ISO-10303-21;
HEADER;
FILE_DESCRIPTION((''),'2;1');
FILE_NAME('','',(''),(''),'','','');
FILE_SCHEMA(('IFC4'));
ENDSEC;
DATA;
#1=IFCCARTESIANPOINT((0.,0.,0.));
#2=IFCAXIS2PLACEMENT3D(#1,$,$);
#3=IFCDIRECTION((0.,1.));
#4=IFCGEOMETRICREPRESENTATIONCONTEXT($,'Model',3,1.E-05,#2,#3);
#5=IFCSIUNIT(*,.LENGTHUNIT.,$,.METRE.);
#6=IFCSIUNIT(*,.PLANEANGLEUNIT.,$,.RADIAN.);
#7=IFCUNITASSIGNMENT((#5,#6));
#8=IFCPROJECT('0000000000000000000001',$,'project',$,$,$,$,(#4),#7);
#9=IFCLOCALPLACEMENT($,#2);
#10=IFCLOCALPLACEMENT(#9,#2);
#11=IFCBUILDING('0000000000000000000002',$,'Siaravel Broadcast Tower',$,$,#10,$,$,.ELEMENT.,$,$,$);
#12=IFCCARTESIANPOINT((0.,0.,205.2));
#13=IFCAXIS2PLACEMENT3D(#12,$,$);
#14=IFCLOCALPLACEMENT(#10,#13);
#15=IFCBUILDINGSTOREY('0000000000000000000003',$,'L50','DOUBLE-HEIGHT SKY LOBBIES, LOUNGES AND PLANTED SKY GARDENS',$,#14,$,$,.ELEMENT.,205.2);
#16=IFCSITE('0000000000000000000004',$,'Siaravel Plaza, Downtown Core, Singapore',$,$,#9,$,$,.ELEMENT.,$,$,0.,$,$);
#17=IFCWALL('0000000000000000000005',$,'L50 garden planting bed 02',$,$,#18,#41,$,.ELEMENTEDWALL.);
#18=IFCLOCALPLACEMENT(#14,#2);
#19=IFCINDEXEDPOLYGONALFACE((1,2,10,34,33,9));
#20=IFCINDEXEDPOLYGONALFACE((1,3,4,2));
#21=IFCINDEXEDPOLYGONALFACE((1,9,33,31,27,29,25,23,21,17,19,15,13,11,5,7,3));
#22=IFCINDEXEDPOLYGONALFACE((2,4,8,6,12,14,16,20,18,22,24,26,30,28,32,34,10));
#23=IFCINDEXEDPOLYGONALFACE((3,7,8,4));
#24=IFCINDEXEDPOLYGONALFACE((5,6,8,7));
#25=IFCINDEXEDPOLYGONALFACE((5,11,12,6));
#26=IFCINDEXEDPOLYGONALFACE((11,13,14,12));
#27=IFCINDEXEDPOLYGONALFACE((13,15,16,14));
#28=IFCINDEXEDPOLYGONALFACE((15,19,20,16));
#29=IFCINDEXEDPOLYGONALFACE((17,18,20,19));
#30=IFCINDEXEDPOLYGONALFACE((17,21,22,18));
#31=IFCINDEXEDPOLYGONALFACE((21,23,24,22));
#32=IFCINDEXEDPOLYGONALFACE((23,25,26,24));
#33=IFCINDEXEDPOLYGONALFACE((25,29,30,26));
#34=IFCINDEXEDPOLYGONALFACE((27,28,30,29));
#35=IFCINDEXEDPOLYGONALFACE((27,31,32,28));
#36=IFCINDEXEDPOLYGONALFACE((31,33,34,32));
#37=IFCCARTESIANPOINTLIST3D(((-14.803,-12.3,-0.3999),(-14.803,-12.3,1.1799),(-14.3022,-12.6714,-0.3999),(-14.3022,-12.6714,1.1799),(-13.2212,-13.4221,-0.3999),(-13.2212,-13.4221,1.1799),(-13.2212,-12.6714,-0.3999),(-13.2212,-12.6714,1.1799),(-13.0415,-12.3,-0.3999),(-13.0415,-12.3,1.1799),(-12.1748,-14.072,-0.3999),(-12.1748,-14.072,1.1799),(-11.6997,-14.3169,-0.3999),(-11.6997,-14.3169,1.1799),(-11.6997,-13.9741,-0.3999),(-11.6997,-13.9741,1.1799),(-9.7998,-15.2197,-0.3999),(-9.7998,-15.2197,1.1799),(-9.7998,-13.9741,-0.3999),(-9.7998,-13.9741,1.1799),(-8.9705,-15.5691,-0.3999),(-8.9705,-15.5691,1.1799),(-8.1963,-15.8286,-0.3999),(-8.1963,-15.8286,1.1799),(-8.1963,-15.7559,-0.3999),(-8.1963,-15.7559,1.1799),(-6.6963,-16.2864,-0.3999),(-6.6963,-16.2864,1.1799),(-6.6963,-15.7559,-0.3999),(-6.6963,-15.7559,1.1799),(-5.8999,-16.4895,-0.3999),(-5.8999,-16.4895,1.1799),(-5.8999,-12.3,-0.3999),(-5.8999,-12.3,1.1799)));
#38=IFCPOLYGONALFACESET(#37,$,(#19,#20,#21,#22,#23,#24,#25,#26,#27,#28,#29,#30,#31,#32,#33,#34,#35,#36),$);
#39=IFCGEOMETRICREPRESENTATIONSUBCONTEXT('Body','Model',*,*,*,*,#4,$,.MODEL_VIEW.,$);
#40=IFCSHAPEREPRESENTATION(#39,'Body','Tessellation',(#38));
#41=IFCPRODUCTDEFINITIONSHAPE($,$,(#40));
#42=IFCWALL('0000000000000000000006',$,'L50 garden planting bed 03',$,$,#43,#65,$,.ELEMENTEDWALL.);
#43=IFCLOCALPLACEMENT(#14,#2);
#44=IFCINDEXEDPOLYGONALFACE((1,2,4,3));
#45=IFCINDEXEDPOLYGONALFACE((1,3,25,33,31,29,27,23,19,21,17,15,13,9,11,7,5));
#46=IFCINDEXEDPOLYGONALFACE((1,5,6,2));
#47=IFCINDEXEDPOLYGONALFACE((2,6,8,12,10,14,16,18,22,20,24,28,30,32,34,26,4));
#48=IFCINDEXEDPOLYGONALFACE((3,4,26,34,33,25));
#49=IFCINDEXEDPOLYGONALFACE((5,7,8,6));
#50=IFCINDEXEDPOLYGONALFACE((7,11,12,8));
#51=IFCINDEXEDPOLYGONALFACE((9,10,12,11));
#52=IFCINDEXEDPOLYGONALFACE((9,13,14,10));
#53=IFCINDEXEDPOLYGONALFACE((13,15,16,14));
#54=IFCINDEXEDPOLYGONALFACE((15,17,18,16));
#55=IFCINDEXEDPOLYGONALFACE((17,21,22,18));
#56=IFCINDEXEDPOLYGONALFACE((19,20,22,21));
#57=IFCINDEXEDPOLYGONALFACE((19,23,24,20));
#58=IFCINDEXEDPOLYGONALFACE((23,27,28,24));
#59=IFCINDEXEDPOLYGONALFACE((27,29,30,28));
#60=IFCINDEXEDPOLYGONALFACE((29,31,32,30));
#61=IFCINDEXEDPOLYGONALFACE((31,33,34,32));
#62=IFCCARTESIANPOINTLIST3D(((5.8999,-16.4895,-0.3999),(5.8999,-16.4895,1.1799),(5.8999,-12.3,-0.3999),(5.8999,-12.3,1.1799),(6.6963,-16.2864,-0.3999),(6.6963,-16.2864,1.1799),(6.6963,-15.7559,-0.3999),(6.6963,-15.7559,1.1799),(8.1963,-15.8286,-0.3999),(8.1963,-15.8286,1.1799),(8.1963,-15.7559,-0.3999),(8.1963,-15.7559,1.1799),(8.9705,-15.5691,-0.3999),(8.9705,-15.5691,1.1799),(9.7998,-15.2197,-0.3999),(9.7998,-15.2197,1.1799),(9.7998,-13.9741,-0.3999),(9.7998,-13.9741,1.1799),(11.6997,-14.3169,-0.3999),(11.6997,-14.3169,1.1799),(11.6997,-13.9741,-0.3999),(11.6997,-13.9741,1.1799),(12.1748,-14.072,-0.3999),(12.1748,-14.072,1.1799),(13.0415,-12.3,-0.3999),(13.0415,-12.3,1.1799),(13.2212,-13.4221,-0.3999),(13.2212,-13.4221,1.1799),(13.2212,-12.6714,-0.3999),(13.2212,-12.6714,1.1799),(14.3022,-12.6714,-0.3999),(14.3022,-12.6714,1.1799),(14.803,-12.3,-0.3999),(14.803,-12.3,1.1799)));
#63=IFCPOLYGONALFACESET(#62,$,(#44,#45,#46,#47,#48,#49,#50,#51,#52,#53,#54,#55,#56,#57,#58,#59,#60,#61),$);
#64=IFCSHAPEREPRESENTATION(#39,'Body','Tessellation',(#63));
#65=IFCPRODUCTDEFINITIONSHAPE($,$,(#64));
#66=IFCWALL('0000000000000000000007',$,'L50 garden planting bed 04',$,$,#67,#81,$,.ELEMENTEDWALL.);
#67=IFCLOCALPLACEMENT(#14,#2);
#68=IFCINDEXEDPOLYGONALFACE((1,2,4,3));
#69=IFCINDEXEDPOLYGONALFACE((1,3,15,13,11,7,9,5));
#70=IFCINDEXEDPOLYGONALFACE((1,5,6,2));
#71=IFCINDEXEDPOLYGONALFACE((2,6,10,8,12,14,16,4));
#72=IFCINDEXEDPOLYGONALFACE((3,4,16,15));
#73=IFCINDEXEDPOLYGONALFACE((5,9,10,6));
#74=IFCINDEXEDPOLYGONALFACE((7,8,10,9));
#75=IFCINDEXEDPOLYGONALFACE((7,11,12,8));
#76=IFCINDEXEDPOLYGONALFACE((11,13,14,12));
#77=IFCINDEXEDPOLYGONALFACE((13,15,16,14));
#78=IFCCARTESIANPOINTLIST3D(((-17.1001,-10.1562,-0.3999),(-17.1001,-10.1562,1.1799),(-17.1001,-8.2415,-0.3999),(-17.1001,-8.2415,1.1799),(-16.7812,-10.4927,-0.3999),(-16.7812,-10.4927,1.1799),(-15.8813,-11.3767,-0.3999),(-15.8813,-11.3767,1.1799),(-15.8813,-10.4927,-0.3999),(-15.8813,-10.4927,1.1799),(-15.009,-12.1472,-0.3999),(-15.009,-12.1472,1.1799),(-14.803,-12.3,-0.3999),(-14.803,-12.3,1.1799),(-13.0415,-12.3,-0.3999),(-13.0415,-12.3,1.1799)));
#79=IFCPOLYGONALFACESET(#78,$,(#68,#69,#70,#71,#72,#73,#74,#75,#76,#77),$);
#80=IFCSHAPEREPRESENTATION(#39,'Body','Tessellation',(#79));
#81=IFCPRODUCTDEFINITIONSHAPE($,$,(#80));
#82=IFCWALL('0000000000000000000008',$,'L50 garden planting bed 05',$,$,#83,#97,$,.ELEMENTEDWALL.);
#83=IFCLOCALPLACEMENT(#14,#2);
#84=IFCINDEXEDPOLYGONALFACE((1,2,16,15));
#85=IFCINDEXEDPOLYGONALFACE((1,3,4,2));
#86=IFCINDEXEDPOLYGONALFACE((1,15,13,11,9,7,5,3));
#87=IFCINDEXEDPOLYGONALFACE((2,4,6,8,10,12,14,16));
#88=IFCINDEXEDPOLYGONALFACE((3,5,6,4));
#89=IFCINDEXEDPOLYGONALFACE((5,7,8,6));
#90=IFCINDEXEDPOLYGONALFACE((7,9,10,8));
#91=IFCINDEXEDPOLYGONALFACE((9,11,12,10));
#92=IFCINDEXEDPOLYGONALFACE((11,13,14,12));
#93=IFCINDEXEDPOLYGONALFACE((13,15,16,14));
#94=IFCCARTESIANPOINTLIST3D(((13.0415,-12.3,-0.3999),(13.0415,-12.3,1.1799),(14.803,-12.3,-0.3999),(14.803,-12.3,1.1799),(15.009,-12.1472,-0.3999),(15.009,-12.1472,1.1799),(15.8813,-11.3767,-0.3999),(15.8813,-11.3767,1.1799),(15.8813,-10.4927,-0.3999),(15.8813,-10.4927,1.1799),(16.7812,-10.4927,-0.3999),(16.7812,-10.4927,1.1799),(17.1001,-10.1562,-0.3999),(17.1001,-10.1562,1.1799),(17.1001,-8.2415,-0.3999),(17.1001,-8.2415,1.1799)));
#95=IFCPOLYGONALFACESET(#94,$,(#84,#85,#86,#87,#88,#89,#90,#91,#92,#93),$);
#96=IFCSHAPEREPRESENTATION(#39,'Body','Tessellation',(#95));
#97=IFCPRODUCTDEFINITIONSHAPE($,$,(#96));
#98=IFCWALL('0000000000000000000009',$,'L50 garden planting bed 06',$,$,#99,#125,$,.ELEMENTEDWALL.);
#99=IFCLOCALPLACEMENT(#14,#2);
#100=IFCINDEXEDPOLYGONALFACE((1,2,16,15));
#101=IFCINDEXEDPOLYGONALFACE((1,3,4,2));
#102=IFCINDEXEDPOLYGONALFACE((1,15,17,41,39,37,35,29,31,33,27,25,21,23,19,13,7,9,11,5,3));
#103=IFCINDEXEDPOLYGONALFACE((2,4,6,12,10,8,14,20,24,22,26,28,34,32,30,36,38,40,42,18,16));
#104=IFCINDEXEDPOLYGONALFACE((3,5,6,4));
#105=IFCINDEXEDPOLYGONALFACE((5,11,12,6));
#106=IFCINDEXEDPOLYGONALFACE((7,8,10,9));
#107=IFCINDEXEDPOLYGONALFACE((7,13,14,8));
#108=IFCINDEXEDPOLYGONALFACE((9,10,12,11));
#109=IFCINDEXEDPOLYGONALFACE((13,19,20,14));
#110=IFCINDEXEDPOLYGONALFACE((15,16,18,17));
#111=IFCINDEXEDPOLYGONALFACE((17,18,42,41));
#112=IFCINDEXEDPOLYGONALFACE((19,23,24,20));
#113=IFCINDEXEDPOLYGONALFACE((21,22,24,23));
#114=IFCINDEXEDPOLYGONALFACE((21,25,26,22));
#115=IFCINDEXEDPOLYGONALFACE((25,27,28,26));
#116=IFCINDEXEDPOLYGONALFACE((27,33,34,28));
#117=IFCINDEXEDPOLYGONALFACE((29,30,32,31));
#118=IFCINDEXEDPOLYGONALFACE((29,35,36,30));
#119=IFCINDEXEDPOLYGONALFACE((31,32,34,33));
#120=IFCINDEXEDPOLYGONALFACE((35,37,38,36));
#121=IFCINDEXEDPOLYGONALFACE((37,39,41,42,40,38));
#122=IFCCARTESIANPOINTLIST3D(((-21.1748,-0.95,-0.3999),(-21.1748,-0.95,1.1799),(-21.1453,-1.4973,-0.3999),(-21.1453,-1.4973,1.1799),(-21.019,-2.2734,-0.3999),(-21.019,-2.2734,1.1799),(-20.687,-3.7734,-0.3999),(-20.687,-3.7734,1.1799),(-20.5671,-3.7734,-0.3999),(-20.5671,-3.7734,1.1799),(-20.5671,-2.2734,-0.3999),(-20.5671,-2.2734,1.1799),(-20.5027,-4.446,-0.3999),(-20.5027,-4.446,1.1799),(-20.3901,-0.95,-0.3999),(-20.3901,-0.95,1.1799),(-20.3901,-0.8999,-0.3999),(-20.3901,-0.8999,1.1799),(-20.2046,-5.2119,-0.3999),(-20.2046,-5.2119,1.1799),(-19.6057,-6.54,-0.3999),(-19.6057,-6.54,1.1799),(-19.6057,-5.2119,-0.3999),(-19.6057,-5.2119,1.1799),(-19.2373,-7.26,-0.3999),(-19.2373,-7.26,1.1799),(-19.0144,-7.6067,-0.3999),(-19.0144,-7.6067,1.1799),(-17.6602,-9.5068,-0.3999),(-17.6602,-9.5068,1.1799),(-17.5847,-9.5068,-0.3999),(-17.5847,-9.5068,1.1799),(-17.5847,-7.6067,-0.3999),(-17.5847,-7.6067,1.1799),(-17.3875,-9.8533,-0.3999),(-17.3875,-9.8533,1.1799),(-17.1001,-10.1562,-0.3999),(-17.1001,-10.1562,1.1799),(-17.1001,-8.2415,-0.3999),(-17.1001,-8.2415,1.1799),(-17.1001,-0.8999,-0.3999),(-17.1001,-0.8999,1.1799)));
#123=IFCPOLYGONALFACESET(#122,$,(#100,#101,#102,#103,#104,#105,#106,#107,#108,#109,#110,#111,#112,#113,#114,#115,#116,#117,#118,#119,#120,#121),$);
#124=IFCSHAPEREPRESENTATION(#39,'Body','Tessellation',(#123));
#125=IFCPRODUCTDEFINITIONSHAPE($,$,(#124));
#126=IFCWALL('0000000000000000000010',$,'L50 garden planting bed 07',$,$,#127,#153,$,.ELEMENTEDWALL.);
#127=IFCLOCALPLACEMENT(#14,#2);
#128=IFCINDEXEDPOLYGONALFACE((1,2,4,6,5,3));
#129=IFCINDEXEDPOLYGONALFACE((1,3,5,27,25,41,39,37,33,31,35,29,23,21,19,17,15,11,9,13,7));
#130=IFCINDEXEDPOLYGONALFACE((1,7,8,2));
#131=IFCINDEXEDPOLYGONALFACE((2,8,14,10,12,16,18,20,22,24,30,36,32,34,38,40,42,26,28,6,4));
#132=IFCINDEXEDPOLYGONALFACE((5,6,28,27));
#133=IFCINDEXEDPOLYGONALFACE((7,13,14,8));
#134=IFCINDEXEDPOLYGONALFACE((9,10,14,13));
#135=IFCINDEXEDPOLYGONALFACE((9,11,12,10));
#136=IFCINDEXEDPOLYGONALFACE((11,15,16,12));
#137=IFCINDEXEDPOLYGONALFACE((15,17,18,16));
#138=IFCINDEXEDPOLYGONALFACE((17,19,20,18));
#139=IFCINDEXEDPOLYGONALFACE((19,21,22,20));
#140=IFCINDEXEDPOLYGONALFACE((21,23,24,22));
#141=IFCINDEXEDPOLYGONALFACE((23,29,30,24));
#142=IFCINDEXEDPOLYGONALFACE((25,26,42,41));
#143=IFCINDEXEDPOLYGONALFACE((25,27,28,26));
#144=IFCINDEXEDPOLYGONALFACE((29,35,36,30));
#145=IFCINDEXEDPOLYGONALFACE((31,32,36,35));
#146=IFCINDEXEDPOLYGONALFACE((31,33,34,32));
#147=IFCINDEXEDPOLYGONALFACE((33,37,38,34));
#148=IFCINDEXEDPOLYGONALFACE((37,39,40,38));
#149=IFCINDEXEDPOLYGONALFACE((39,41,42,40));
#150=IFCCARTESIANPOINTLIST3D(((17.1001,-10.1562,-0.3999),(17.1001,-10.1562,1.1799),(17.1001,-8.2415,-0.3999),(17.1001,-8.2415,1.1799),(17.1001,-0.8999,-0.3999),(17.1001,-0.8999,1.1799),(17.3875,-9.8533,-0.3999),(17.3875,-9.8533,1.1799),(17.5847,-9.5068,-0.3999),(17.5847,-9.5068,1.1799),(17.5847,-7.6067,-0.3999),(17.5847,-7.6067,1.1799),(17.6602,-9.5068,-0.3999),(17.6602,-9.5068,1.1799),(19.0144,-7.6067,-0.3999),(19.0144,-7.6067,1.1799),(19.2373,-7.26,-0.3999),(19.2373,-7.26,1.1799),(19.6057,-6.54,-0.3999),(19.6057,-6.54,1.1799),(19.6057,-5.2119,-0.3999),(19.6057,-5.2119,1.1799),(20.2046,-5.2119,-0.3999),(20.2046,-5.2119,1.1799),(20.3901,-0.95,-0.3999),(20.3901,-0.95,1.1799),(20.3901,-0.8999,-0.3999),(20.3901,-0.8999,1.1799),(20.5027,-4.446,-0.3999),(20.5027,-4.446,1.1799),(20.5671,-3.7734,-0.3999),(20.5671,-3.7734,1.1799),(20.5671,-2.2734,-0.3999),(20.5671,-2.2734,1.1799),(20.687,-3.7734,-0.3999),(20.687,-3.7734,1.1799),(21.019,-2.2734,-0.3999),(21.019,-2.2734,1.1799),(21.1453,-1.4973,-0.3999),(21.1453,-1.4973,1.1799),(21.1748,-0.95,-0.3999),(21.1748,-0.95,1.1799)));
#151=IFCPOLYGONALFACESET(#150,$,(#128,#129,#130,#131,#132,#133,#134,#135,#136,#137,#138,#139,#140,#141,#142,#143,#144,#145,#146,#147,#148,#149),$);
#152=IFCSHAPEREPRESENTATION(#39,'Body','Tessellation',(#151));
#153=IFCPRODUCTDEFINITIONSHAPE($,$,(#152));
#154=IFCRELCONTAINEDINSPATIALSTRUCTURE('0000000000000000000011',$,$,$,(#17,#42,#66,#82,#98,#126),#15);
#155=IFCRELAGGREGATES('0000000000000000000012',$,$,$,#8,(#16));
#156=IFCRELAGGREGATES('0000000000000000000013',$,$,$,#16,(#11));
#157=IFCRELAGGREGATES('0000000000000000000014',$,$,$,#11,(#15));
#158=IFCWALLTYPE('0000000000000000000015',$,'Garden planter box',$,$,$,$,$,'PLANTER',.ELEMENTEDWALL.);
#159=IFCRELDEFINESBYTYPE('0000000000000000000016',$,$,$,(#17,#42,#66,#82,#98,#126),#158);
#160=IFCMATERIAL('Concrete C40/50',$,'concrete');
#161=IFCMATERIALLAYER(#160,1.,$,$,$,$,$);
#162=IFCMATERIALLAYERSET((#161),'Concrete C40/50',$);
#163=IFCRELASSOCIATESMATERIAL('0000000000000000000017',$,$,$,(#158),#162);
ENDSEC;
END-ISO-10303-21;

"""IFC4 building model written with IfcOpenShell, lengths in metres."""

from ifc_helpers import new_model, si_unit, direction, frame, origin, place, context, subcontext, project, spatial, polyline, outline, extrude, material, layer, layer_set, type_object, element, save


model = new_model("IFC4")

# Units and contexts
model_context = context("Model", 3, precision=1e-05, world=origin(), true_north=direction((0.0, 1.0)))
body_context = subcontext(model_context, "Body", "Model", "MODEL_VIEW")
ifc_project = project(units=[si_unit("LENGTHUNIT", "METRE"), si_unit("PLANEANGLEUNIT", "RADIAN")], contexts=[model_context])

# Site, building, storey
site_placement = place(None, origin())
site = spatial("IfcSite", under=ifc_project, at=site_placement, Name="Siaravel Plaza, Downtown Core, Singapore", CompositionType="ELEMENT", RefElevation=0.0)
building_placement = place(site_placement, origin())
building = spatial("IfcBuilding", under=site, at=building_placement, Name="Siaravel Broadcast Tower", CompositionType="ELEMENT")
storey_placement = place(building_placement, frame((0.0, 0.0, 205.2)))
storey = spatial("IfcBuildingStorey", under=building, at=storey_placement, Name="L50", Description="DOUBLE-HEIGHT SKY LOBBIES, LOUNGES AND PLANTED SKY GARDENS", CompositionType="ELEMENT", Elevation=205.2)

# Shared definitions
ifc_material_1 = material(Name="Concrete C40/50", Category="concrete")

# Walls
ifc_layer_1 = layer(ifc_material_1, 1.0)
ifc_layer_set_1 = layer_set([ifc_layer_1], Name="Concrete C40/50")
wall_type_1 = type_object("IfcWallType", Name="Garden planter box", ElementType="PLANTER", PredefinedType="ELEMENTEDWALL", material=ifc_layer_set_1)
wall_1_placement = place(storey_placement, frame((0.0, 0.0, -0.3999)))
element("IfcWall", 1, at=wall_1_placement, inside=storey, type_object=wall_type_1, Name="L50 garden planting bed 02", PredefinedType="ELEMENTEDWALL", context=body_context, shape_type="SweptSolid", body=[
    extrude(outline(polyline([(-8.9705, -15.5691), (-8.1963, -15.8286), (-8.1963, -15.7559), (-6.6963, -15.7559), (-6.6963, -16.2864), (-5.8999, -16.4895), (-5.8999, -12.3), (-13.0415, -12.3), (-14.803, -12.3), (-14.3022, -12.6714), (-13.2212, -12.6714), (-13.2212, -13.4221), (-12.1748, -14.072), (-11.6997, -14.3169), (-11.6997, -13.9741), (-9.7998, -13.9741), (-9.7998, -15.2197), (-8.9705, -15.5691)])), origin(), (0.0, 0.0, 1.0), 1.5798),
])
wall_2_placement = place(storey_placement, frame((0.0, 0.0, -0.3999)))
element("IfcWall", 2, at=wall_2_placement, inside=storey, type_object=wall_type_1, Name="L50 garden planting bed 03", PredefinedType="ELEMENTEDWALL", context=body_context, shape_type="SweptSolid", body=[
    extrude(outline(polyline([(14.803, -12.3), (13.0415, -12.3), (5.8999, -12.3), (5.8999, -16.4895), (6.6963, -16.2864), (6.6963, -15.7559), (8.1963, -15.7559), (8.1963, -15.8286), (8.9705, -15.5691), (9.7998, -15.2197), (9.7998, -13.9741), (11.6997, -13.9741), (11.6997, -14.3169), (12.1748, -14.072), (13.2212, -13.4221), (13.2212, -12.6714), (14.3022, -12.6714), (14.803, -12.3)])), origin(), (0.0, 0.0, 1.0), 1.5798),
])
wall_3_placement = place(storey_placement, frame((0.0, 0.0, -0.3999)))
element("IfcWall", 3, at=wall_3_placement, inside=storey, type_object=wall_type_1, Name="L50 garden planting bed 04", PredefinedType="ELEMENTEDWALL", context=body_context, shape_type="SweptSolid", body=[
    extrude(outline(polyline([(-14.803, -12.3), (-13.0415, -12.3), (-17.1001, -8.2415), (-17.1001, -10.1562), (-16.7812, -10.4927), (-15.8813, -10.4927), (-15.8813, -11.3767), (-15.009, -12.1472), (-14.803, -12.3)])), origin(), (0.0, 0.0, 1.0), 1.5798),
])
wall_4_placement = place(storey_placement, frame((0.0, 0.0, -0.3999)))
element("IfcWall", 4, at=wall_4_placement, inside=storey, type_object=wall_type_1, Name="L50 garden planting bed 05", PredefinedType="ELEMENTEDWALL", context=body_context, shape_type="SweptSolid", body=[
    extrude(outline(polyline([(17.1001, -10.1562), (17.1001, -8.2415), (13.0415, -12.3), (14.803, -12.3), (15.009, -12.1472), (15.8813, -11.3767), (15.8813, -10.4927), (16.7812, -10.4927), (17.1001, -10.1562)])), origin(), (0.0, 0.0, 1.0), 1.5798),
])
wall_5_placement = place(storey_placement, frame((0.0, 0.0, -0.3999)))
element("IfcWall", 5, at=wall_5_placement, inside=storey, type_object=wall_type_1, Name="L50 garden planting bed 06", PredefinedType="ELEMENTEDWALL", context=body_context, shape_type="SweptSolid", body=[
    extrude(outline(polyline([(-17.1001, -10.1562), (-17.1001, -8.2415), (-17.1001, -0.8999), (-20.3901, -0.8999), (-20.3901, -0.95), (-21.1748, -0.95), (-21.1453, -1.4973), (-21.019, -2.2734), (-20.5671, -2.2734), (-20.5671, -3.7734), (-20.687, -3.7734), (-20.5027, -4.446), (-20.2046, -5.2119), (-19.6057, -5.2119), (-19.6057, -6.54), (-19.2373, -7.26), (-19.0144, -7.6067), (-17.5847, -7.6067), (-17.5847, -9.5068), (-17.6602, -9.5068), (-17.3875, -9.8533), (-17.1001, -10.1562)])), origin(), (0.0, 0.0, 1.0), 1.5798),
])
wall_6_placement = place(storey_placement, frame((0.0, 0.0, -0.3999)))
element("IfcWall", 6, at=wall_6_placement, inside=storey, type_object=wall_type_1, Name="L50 garden planting bed 07", PredefinedType="ELEMENTEDWALL", context=body_context, shape_type="SweptSolid", body=[
    extrude(outline(polyline([(20.5027, -4.446), (20.687, -3.7734), (20.5671, -3.7734), (20.5671, -2.2734), (21.019, -2.2734), (21.1453, -1.4973), (21.1748, -0.95), (20.3901, -0.95), (20.3901, -0.8999), (17.1001, -0.8999), (17.1001, -8.2415), (17.1001, -10.1562), (17.3875, -9.8533), (17.6602, -9.5068), (17.5847, -9.5068), (17.5847, -7.6067), (19.0144, -7.6067), (19.2373, -7.26), (19.6057, -6.54), (19.6057, -5.2119), (20.2046, -5.2119), (20.5027, -4.446)])), origin(), (0.0, 0.0, 1.0), 1.5798),
])

save(model, "model.ifc")
